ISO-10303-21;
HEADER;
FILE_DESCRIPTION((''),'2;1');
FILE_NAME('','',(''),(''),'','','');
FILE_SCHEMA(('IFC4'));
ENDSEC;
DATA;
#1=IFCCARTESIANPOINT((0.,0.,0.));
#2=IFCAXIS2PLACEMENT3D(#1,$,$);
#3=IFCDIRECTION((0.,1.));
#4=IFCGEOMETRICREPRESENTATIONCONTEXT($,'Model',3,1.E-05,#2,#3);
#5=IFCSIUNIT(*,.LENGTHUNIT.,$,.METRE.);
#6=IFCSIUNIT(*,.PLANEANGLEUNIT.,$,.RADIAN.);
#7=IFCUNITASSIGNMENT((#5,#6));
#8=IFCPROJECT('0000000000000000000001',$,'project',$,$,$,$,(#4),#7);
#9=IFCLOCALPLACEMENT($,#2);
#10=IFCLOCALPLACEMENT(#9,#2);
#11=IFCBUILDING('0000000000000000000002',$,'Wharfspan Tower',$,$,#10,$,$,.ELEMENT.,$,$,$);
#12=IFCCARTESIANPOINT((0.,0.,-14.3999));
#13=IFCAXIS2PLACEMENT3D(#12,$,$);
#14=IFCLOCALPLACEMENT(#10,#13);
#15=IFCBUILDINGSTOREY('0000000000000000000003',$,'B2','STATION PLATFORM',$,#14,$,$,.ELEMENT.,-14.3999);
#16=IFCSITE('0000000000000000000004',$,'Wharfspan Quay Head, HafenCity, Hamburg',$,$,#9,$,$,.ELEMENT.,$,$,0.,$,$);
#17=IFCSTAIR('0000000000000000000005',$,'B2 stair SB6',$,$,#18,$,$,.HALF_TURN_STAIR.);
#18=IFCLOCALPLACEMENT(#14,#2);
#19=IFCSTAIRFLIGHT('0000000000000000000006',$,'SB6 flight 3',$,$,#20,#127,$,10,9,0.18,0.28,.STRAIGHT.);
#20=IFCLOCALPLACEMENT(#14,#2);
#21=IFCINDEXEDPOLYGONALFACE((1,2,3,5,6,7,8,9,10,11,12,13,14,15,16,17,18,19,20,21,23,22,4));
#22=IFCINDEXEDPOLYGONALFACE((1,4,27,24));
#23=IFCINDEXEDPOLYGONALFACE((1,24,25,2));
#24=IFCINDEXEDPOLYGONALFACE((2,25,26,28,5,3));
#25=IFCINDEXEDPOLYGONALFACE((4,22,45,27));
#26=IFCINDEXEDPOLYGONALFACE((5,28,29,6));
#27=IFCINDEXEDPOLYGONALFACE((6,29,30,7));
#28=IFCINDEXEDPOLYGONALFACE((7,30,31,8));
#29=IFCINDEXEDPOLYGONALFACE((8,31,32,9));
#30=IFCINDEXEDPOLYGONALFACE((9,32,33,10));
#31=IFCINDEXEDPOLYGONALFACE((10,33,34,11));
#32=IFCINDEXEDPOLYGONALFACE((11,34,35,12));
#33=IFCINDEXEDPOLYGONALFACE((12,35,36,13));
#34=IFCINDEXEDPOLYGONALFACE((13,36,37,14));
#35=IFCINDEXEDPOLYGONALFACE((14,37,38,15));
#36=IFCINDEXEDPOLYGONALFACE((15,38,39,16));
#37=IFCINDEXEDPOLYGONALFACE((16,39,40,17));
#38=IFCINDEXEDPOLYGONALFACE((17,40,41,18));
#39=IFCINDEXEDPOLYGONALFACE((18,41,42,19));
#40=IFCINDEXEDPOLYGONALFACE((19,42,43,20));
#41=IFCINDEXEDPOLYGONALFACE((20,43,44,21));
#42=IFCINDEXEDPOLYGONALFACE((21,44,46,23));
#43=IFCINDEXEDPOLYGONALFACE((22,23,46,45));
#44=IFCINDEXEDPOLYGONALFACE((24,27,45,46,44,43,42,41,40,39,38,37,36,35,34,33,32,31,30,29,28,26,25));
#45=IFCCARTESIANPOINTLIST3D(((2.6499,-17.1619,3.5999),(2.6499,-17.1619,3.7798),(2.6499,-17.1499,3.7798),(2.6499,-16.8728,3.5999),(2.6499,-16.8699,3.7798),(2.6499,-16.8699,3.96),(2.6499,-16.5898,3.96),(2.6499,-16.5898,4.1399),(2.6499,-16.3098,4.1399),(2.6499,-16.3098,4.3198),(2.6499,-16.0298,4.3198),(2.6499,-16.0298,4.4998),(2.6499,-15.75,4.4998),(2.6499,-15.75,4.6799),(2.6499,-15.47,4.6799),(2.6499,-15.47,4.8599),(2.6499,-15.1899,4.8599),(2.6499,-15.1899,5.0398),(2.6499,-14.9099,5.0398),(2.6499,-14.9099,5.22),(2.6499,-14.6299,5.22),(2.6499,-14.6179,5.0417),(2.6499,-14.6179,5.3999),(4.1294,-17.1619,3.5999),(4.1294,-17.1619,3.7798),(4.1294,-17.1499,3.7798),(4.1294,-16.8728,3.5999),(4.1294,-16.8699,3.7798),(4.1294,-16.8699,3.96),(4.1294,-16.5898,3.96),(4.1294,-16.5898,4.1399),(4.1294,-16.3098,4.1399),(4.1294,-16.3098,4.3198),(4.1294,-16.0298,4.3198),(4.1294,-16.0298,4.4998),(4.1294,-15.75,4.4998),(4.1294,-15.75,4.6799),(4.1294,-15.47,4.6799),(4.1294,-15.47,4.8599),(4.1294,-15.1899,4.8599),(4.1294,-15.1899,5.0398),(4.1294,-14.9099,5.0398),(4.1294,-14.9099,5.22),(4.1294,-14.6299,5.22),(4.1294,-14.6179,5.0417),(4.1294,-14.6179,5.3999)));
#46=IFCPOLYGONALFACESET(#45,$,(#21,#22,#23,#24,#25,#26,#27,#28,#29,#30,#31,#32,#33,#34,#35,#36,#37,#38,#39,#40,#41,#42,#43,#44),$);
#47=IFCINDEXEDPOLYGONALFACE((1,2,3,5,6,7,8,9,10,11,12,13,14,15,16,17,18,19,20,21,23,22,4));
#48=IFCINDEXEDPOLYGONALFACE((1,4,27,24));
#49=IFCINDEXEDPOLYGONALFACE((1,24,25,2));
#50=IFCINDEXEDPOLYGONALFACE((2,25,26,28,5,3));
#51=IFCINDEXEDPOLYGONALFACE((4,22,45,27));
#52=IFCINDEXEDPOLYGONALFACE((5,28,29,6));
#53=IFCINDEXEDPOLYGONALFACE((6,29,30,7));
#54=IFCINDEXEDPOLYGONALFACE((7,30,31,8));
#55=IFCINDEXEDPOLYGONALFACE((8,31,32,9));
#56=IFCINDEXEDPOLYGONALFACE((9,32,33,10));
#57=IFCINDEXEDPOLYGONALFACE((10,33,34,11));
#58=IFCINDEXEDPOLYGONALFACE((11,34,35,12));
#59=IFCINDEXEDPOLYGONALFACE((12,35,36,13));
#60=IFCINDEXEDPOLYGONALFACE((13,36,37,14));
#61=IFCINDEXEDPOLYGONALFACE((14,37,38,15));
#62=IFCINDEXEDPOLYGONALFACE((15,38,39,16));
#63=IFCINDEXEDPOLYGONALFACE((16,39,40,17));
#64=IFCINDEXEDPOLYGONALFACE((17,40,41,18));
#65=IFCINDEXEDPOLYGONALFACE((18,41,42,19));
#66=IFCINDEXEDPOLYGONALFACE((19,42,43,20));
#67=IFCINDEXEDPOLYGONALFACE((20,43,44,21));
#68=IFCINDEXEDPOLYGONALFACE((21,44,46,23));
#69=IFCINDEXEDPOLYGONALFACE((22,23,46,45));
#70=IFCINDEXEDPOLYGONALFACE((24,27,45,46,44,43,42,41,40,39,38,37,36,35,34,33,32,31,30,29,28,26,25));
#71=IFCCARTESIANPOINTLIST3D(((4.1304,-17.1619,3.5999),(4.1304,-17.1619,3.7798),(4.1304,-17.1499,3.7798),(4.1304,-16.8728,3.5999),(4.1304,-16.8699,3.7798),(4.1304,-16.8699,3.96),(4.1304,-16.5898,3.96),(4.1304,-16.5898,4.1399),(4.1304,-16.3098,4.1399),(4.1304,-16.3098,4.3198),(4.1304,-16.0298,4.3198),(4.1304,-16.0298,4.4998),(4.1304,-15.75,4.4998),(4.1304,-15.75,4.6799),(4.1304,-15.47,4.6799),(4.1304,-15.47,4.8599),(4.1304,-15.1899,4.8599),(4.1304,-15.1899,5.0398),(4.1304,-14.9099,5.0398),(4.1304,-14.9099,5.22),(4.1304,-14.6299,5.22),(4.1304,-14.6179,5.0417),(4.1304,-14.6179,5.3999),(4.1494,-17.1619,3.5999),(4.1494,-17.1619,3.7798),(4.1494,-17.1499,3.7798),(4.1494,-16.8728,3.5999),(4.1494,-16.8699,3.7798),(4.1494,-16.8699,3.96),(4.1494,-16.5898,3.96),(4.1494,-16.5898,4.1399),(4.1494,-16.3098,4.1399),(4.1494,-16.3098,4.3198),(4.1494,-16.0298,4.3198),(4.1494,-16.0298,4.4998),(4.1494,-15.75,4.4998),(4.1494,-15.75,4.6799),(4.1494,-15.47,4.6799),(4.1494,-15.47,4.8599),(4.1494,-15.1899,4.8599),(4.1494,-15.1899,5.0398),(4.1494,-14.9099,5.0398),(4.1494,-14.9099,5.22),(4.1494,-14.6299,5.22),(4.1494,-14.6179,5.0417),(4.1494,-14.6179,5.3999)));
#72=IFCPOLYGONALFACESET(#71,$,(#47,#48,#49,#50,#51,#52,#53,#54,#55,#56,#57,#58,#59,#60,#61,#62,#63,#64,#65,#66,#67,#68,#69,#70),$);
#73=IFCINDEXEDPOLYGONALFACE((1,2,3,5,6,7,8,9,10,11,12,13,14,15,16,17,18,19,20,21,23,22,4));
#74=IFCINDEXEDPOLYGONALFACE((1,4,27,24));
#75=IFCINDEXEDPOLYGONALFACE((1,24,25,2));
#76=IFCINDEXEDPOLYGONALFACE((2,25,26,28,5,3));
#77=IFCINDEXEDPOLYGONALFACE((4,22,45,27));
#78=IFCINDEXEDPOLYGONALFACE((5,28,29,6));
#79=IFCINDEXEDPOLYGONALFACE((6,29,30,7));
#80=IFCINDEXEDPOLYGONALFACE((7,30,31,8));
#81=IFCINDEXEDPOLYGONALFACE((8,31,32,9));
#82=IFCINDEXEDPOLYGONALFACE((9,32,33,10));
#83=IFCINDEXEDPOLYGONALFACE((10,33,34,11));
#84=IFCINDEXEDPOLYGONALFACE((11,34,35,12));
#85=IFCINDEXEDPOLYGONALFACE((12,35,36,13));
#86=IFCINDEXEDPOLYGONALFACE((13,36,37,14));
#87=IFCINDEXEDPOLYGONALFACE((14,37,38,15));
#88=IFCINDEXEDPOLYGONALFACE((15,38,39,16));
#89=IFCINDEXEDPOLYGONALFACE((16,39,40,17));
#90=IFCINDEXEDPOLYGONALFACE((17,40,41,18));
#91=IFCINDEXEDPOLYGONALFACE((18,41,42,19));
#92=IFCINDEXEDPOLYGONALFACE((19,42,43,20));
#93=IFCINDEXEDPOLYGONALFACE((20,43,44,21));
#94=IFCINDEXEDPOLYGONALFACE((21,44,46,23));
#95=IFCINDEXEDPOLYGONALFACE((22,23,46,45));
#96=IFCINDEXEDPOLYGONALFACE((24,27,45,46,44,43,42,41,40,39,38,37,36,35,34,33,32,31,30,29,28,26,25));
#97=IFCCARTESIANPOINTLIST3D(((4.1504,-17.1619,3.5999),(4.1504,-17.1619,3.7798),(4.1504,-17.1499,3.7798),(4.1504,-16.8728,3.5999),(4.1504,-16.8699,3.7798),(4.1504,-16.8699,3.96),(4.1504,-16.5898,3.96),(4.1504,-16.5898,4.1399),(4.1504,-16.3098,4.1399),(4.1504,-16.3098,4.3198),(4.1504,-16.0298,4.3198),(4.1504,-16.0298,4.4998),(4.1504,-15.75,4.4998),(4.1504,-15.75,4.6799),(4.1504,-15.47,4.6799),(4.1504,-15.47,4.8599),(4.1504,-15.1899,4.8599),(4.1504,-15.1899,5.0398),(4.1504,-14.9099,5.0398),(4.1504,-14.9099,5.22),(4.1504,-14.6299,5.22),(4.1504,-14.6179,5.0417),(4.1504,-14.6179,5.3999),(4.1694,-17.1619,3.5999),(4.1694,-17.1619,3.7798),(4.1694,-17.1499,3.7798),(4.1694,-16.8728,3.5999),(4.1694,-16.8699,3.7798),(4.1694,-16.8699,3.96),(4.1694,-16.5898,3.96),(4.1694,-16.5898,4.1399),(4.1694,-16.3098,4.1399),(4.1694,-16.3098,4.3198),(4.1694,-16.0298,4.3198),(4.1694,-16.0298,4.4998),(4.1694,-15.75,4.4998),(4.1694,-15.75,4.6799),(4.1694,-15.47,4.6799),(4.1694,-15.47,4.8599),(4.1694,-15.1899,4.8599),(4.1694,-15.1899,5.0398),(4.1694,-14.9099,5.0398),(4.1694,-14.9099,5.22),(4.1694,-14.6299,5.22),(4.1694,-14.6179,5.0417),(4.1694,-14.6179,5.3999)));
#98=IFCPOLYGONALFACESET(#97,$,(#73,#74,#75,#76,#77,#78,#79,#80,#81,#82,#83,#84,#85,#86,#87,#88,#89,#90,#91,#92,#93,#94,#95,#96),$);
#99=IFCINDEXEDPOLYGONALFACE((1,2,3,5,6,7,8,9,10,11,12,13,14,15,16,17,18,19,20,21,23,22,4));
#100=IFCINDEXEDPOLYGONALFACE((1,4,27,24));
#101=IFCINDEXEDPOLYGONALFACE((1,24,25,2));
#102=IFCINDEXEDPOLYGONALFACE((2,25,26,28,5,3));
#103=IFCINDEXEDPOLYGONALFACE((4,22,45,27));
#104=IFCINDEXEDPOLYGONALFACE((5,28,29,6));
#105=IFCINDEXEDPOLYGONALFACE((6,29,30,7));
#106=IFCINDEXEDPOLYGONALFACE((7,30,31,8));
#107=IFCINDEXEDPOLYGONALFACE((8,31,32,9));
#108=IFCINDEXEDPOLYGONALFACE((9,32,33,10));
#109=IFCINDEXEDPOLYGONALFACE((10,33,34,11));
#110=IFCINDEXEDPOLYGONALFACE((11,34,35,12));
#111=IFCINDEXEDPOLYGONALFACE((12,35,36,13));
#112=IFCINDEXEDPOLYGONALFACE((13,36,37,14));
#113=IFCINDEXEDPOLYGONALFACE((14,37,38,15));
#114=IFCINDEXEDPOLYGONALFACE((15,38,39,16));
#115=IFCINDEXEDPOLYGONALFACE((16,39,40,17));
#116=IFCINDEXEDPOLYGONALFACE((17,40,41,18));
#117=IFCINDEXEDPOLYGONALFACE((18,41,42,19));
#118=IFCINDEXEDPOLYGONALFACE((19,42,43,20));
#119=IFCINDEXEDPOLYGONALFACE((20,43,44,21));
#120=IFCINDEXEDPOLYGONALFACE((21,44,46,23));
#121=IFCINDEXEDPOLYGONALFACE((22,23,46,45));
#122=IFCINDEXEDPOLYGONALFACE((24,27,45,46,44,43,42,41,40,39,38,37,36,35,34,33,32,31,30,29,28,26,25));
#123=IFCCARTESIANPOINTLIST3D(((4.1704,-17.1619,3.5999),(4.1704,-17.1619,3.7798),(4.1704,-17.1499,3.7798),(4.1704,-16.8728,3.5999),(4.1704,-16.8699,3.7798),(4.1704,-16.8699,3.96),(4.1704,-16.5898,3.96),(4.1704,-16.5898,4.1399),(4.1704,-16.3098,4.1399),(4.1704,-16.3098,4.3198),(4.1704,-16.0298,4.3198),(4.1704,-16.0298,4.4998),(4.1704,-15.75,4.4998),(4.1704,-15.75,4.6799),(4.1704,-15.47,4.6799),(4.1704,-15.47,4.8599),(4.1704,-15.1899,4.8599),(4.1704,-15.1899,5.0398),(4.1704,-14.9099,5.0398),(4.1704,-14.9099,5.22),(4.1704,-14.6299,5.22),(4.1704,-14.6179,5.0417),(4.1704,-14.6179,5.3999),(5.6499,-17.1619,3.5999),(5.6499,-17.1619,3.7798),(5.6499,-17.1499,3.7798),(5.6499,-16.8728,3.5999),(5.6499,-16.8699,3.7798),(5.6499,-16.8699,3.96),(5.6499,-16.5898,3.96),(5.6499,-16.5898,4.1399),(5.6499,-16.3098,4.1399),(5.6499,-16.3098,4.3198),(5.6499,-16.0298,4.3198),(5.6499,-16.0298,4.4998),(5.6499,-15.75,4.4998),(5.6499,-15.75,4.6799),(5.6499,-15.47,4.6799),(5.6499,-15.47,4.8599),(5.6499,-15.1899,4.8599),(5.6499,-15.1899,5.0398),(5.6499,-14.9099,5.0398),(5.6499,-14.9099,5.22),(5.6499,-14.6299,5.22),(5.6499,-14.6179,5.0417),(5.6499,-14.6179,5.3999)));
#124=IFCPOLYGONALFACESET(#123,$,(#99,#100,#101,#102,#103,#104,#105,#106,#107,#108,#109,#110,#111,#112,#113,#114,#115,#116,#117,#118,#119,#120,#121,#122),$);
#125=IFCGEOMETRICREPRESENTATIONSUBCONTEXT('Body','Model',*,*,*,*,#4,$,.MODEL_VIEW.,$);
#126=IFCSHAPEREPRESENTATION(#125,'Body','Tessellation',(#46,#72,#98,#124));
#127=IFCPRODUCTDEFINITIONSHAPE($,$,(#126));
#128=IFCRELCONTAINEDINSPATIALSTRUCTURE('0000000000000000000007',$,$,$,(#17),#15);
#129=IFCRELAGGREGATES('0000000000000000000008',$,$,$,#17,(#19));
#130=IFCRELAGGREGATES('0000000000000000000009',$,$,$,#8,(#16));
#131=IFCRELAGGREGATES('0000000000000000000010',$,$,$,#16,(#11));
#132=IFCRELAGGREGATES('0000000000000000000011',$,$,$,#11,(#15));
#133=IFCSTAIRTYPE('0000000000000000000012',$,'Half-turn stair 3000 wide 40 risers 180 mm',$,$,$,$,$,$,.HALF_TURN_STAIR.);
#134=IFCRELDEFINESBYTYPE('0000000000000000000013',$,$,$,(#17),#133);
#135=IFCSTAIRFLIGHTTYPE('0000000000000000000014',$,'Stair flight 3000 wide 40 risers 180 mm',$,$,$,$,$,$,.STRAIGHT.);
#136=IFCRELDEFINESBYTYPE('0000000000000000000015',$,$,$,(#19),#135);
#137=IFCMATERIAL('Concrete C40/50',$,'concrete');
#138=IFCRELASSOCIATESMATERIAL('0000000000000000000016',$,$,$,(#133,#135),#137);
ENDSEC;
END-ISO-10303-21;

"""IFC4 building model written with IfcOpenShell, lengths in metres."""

from ifc_helpers import new_model, si_unit, direction, frame, origin, place, context, subcontext, project, spatial, polyline, outline, extrude, material, type_object, element, aggregate, save


model = new_model("IFC4")

# Units and contexts
model_context = context("Model", 3, precision=1e-05, world=origin(), true_north=direction((0.0, 1.0)))
body_context = subcontext(model_context, "Body", "Model", "MODEL_VIEW")
ifc_project = project(units=[si_unit("LENGTHUNIT", "METRE"), si_unit("PLANEANGLEUNIT", "RADIAN")], contexts=[model_context])

# Site, building, storey
site_placement = place(None, origin())
site = spatial("IfcSite", under=ifc_project, at=site_placement, Name="Wharfspan Quay Head, HafenCity, Hamburg", CompositionType="ELEMENT", RefElevation=0.0)
building_placement = place(site_placement, origin())
building = spatial("IfcBuilding", under=site, at=building_placement, Name="Wharfspan Tower", CompositionType="ELEMENT")
storey_placement = place(building_placement, frame((0.0, 0.0, -14.3999)))
storey = spatial("IfcBuildingStorey", under=building, at=storey_placement, Name="B2", Description="STATION PLATFORM", CompositionType="ELEMENT", Elevation=-14.3999)

# Shared definitions
ifc_material_1 = material(Name="Concrete C40/50", Category="concrete")

# Stair, stair flight
stair_type = type_object("IfcStairType", Name="Half-turn stair 3000 wide 40 risers 180 mm", PredefinedType="HALF_TURN_STAIR", material=ifc_material_1)
stair_placement = place(storey_placement, origin())
stair = element("IfcStair", 1, at=stair_placement, inside=storey, type_object=stair_type, Name="B2 stair SB6", PredefinedType="HALF_TURN_STAIR")
stair_flight_type = type_object("IfcStairFlightType", Name="Stair flight 3000 wide 40 risers 180 mm", PredefinedType="STRAIGHT", material=ifc_material_1)
stair_flight_placement = place(storey_placement, frame((4.1499, -17.1499, 3.5999), z_axis=(0.0, 0.0, 1.0), x_axis=(0.0, 1.0, 0.0)))
stair_flight = element("IfcStairFlight", 2, at=stair_flight_placement, type_object=stair_flight_type, Name="SB6 flight 3", NumberOfRisers=10, NumberOfTreads=9, PredefinedType="STRAIGHT", RiserHeight=0.18, TreadLength=0.28, context=body_context, shape_type="SweptSolid", body=[
    extrude(outline(polyline([(-0.012, 0.0), (-0.012, 0.1799), (0.0, 0.1799), (0.28, 0.1799), (0.28, 0.3601), (0.5601, 0.3601), (0.5601, 0.54), (0.8401, 0.54), (0.8401, 0.72), (1.1201, 0.72), (1.1201, 0.8999), (1.3999, 0.8999), (1.3999, 1.0801), (1.6799, 1.0801), (1.6799, 1.26), (1.96, 1.26), (1.96, 1.4399), (2.24, 1.4399), (2.24, 1.6201), (2.52, 1.6201), (2.532, 1.8), (2.532, 1.4419), (0.2771, 0.0), (-0.012, 0.0)])), frame((0.0, 1.5, 0.0), z_axis=(0.0, -1.0, 0.0), x_axis=(1.0, 0.0, 0.0)), (0.0, 0.0, 1.0), 1.4795),
    extrude(outline(polyline([(-0.012, 0.0), (-0.012, 0.1799), (0.0, 0.1799), (0.28, 0.1799), (0.28, 0.3601), (0.5601, 0.3601), (0.5601, 0.54), (0.8401, 0.54), (0.8401, 0.72), (1.1201, 0.72), (1.1201, 0.8999), (1.3999, 0.8999), (1.3999, 1.0801), (1.6799, 1.0801), (1.6799, 1.26), (1.96, 1.26), (1.96, 1.4399), (2.24, 1.4399), (2.24, 1.6201), (2.52, 1.6201), (2.532, 1.8), (2.532, 1.4419), (0.2771, 0.0), (-0.012, 0.0)])), frame((0.0, 0.0195, 0.0), z_axis=(0.0, -1.0, 0.0), x_axis=(1.0, 0.0, 0.0)), (0.0, 0.0, 1.0), 0.019),
    extrude(outline(polyline([(-0.012, 0.0), (-0.012, 0.1799), (0.0, 0.1799), (0.28, 0.1799), (0.28, 0.3601), (0.5601, 0.3601), (0.5601, 0.54), (0.8401, 0.54), (0.8401, 0.72), (1.1201, 0.72), (1.1201, 0.8999), (1.3999, 0.8999), (1.3999, 1.0801), (1.6799, 1.0801), (1.6799, 1.26), (1.96, 1.26), (1.96, 1.4399), (2.24, 1.4399), (2.24, 1.6201), (2.52, 1.6201), (2.532, 1.8), (2.532, 1.4419), (0.2771, 0.0), (-0.012, 0.0)])), frame((0.0, -0.0005, 0.0), z_axis=(0.0, -1.0, 0.0), x_axis=(1.0, 0.0, 0.0)), (0.0, 0.0, 1.0), 0.019),
    extrude(outline(polyline([(-0.012, 0.0), (-0.012, 0.1799), (0.0, 0.1799), (0.28, 0.1799), (0.28, 0.3601), (0.5601, 0.3601), (0.5601, 0.54), (0.8401, 0.54), (0.8401, 0.72), (1.1201, 0.72), (1.1201, 0.8999), (1.3999, 0.8999), (1.3999, 1.0801), (1.6799, 1.0801), (1.6799, 1.26), (1.96, 1.26), (1.96, 1.4399), (2.24, 1.4399), (2.24, 1.6201), (2.52, 1.6201), (2.532, 1.8), (2.532, 1.4419), (0.2771, 0.0), (-0.012, 0.0)])), frame((0.0, -0.0205, 0.0), z_axis=(0.0, -1.0, 0.0), x_axis=(1.0, 0.0, 0.0)), (0.0, 0.0, 1.0), 1.4795),
])
aggregate(stair, [stair_flight])

save(model, "model.ifc")
